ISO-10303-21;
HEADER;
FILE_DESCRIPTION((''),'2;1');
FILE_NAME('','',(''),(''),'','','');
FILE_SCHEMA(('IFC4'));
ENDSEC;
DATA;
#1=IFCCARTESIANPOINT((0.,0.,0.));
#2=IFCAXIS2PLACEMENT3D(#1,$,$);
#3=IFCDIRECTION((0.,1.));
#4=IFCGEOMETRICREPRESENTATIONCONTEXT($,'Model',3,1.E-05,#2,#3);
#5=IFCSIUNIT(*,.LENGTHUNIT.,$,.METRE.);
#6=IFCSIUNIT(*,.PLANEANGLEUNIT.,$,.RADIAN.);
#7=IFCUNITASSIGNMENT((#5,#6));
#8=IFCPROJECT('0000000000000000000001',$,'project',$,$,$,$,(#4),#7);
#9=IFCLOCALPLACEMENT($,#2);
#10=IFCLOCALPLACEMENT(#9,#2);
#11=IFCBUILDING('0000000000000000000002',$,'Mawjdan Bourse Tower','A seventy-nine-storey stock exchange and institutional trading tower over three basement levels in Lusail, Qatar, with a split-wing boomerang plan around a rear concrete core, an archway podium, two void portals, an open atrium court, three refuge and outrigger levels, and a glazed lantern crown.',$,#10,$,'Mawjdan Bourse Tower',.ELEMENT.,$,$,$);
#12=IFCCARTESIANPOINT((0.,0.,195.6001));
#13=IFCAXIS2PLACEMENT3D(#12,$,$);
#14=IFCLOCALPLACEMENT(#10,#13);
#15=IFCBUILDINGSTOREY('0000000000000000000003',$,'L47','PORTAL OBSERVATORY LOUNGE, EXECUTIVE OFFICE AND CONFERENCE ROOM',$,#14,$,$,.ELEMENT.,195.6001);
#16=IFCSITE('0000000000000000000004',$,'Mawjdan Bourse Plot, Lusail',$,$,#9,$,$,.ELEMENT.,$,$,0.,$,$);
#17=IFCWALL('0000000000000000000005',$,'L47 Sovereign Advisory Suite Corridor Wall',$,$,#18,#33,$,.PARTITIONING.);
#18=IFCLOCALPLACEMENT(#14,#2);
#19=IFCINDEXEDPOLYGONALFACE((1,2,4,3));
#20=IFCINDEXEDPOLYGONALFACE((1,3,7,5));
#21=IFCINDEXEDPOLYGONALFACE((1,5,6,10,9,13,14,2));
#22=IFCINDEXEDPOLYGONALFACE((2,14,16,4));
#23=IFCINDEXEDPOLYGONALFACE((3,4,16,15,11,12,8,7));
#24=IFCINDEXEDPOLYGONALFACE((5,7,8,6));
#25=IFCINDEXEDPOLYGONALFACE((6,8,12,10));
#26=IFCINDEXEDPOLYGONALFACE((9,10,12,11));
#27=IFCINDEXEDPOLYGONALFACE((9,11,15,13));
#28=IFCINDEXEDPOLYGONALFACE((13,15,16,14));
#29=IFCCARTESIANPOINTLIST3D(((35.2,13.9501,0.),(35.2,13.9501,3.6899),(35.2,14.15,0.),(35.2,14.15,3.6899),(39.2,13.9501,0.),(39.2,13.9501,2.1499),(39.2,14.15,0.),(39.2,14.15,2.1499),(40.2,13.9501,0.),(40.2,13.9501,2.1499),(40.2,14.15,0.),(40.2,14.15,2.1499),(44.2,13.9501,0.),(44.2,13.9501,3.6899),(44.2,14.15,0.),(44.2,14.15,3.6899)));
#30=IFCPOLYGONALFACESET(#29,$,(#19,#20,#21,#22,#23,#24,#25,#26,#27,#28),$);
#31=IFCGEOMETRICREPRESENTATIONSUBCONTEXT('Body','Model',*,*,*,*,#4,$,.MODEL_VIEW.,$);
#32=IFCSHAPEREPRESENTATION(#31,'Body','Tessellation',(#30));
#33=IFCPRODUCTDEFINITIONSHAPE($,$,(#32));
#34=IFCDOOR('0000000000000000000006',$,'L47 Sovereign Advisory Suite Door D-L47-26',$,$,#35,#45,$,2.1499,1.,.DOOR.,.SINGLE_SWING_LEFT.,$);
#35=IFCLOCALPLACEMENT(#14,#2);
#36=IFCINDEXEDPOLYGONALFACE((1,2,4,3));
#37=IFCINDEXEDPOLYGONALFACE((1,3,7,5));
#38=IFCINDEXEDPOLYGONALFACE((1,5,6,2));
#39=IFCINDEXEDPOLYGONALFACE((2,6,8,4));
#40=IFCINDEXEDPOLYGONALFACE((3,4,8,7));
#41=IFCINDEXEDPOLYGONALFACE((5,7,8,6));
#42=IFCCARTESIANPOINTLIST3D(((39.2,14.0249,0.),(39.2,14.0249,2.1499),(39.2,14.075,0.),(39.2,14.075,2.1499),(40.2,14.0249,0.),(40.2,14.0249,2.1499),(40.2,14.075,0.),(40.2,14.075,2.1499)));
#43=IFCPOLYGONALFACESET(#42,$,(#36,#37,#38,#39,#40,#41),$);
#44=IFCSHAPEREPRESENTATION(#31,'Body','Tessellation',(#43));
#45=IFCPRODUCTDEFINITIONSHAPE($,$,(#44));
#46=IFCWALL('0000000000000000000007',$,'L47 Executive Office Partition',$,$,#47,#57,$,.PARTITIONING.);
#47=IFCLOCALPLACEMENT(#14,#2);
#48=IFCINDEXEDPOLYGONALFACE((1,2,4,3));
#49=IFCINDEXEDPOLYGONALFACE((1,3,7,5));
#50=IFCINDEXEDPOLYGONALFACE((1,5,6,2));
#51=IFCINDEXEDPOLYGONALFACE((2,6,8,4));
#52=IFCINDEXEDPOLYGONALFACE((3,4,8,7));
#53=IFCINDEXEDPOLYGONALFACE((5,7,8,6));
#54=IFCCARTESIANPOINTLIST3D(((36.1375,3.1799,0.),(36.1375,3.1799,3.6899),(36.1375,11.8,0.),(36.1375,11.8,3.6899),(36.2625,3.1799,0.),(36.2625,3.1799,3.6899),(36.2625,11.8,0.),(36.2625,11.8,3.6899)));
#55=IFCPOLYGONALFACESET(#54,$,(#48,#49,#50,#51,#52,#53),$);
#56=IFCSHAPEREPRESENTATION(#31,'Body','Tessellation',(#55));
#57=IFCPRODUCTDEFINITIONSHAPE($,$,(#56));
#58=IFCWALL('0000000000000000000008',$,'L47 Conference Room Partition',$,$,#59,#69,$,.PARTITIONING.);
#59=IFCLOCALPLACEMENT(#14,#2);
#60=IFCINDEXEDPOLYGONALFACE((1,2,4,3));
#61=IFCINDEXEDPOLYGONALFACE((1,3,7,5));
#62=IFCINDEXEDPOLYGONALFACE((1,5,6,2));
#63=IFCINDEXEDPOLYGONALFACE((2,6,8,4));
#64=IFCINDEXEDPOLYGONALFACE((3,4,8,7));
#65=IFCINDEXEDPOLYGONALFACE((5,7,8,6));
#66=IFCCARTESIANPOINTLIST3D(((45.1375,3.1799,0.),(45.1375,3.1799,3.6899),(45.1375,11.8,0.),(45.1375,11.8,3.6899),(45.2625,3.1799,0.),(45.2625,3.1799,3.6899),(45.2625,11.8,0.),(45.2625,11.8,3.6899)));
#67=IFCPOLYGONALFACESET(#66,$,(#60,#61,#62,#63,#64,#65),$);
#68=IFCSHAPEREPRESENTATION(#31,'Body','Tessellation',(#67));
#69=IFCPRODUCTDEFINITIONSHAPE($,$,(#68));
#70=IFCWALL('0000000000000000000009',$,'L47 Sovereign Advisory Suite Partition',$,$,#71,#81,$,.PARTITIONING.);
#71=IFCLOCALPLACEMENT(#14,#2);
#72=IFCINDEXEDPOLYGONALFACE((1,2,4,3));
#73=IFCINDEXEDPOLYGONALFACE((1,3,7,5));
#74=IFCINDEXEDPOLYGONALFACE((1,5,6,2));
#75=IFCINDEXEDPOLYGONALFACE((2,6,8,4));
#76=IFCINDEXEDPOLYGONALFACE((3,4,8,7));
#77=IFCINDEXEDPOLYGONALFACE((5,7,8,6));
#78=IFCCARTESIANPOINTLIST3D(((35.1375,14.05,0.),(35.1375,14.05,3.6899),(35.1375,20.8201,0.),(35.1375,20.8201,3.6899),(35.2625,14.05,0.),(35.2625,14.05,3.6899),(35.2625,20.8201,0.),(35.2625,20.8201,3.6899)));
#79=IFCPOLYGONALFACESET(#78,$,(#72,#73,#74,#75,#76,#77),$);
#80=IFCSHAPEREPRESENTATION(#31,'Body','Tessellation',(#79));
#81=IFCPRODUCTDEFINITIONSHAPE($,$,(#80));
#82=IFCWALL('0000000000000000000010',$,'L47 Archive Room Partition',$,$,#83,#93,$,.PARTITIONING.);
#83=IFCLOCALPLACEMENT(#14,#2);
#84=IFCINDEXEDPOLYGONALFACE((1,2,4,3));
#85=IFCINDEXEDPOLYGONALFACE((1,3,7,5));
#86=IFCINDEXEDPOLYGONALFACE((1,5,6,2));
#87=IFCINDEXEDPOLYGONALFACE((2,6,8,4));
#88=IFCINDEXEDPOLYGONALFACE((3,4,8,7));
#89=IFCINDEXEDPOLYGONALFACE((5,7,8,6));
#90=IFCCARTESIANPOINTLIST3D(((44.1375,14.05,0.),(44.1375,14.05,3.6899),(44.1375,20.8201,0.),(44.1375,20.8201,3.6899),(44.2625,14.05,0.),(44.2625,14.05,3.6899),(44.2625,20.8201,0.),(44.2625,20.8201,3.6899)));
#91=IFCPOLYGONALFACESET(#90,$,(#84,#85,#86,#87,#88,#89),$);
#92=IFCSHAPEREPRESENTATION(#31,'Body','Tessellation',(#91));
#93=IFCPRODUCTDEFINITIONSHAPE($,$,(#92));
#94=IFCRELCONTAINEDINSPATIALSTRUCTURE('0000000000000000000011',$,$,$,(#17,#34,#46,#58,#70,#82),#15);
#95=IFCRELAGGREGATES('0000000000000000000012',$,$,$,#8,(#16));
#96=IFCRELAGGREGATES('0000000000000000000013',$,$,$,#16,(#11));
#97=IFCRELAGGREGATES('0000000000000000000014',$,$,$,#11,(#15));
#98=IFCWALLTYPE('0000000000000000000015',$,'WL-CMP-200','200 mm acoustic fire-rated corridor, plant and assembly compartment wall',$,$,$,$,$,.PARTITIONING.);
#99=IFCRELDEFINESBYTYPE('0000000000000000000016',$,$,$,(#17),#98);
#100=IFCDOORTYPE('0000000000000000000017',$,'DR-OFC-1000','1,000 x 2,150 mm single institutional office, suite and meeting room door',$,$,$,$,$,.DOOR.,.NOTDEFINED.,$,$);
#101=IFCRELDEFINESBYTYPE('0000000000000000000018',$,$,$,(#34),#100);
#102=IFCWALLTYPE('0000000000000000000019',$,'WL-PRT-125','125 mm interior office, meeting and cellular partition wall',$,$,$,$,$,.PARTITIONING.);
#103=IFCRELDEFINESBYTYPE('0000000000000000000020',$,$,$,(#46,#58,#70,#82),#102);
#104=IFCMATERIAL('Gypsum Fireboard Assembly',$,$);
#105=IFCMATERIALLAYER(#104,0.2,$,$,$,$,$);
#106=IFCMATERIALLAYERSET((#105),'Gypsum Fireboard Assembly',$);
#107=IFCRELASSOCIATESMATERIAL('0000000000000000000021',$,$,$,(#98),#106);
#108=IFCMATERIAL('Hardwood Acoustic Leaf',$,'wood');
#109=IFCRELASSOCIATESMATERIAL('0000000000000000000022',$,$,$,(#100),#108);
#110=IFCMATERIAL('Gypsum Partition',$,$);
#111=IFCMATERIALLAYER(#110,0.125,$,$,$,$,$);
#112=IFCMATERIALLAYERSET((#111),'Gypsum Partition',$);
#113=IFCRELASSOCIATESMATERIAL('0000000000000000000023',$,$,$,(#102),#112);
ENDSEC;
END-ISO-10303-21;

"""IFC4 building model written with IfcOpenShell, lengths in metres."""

from ifc_helpers import new_model, si_unit, direction, frame, frame_2d, origin, place, context, subcontext, project, spatial, rectangle, extrude, material, layer, layer_set, type_object, element, fill, save


model = new_model("IFC4")

# Units and contexts
model_context = context("Model", 3, precision=1e-05, world=origin(), true_north=direction((0.0, 1.0)))
body_context = subcontext(model_context, "Body", "Model", "MODEL_VIEW")
ifc_project = project(units=[si_unit("LENGTHUNIT", "METRE"), si_unit("PLANEANGLEUNIT", "RADIAN")], contexts=[model_context])

# Site, building, storey
site_placement = place(None, origin())
site = spatial("IfcSite", under=ifc_project, at=site_placement, Name="Mawjdan Bourse Plot, Lusail", CompositionType="ELEMENT", RefElevation=0.0)
building_placement = place(site_placement, origin())
building = spatial("IfcBuilding", under=site, at=building_placement, Name="Mawjdan Bourse Tower", Description="A seventy-nine-storey stock exchange and institutional trading tower over three basement levels in Lusail, Qatar, with a split-wing boomerang plan around a rear concrete core, an archway podium, two void portals, an open atrium court, three refuge and outrigger levels, and a glazed lantern crown.", LongName="Mawjdan Bourse Tower", CompositionType="ELEMENT")
storey_placement = place(building_placement, frame((0.0, 0.0, 195.6001)))
storey = spatial("IfcBuildingStorey", under=building, at=storey_placement, Name="L47", Description="PORTAL OBSERVATORY LOUNGE, EXECUTIVE OFFICE AND CONFERENCE ROOM", CompositionType="ELEMENT", Elevation=195.6001)

# Wall, opening, door
ifc_material_1 = material(Name="Gypsum Fireboard Assembly")
ifc_layer_1 = layer(ifc_material_1, 0.2)
ifc_layer_set_1 = layer_set([ifc_layer_1], Name="Gypsum Fireboard Assembly")
wall_type_1 = type_object("IfcWallType", Name="WL-CMP-200", Description="200 mm acoustic fire-rated corridor, plant and assembly compartment wall", PredefinedType="PARTITIONING", material=ifc_layer_set_1)
ifc_material_2 = material(Name="Hardwood Acoustic Leaf", Category="wood")
door_type_1 = type_object("IfcDoorType", Name="DR-OFC-1000", Description="1,000 x 2,150 mm single institutional office, suite and meeting room door", OperationType="NOTDEFINED", PredefinedType="DOOR", material=ifc_material_2)
wall_1_placement = place(storey_placement, frame((35.2, 14.05, 0.0), z_axis=(0.0, 0.0, 1.0), x_axis=(1.0, 0.0, 0.0)))
wall_1 = element("IfcWall", 1, at=wall_1_placement, inside=storey, type_object=wall_type_1, Name="L47 Sovereign Advisory Suite Corridor Wall", PredefinedType="PARTITIONING", context=body_context, shape_type="SweptSolid", body=[
    extrude(rectangle(XDim=9.0, YDim=0.2, at=frame_2d((4.5, 0.0))), origin(), (0.0, 0.0, 1.0), 3.6899),
])
opening_1_placement = place(wall_1_placement, frame((4.0, 0.0, 0.0)))
opening_1 = element("IfcOpeningElement", 2, at=opening_1_placement, cuts=wall_1, PredefinedType="OPENING", context=body_context, shape_type="SweptSolid", body=[
    extrude(rectangle(XDim=1.0, YDim=2.1499, at=frame_2d((0.5, 1.075))), frame((0.0, 0.1099, 0.0), z_axis=(0.0, -1.0, 0.0), x_axis=(1.0, 0.0, 0.0)), (0.0, 0.0, 1.0), 0.22),
])
door_1_placement = place(opening_1_placement, origin())
door_1 = element("IfcDoor", 3, at=door_1_placement, inside=storey, type_object=door_type_1, Name="L47 Sovereign Advisory Suite Door D-L47-26", OperationType="SINGLE_SWING_LEFT", OverallHeight=2.1499, OverallWidth=1.0, PredefinedType="DOOR", context=body_context, shape_type="SweptSolid", body=[
    extrude(rectangle(XDim=1.0, YDim=2.1499, at=frame_2d((0.5, 1.075))), frame((0.0, 0.0249, 0.0), z_axis=(0.0, -1.0, 0.0), x_axis=(1.0, 0.0, 0.0)), (0.0, 0.0, 1.0), 0.05),
])
fill(opening_1, door_1)

# Walls
ifc_material_3 = material(Name="Gypsum Partition")
ifc_layer_2 = layer(ifc_material_3, 0.125)
ifc_layer_set_2 = layer_set([ifc_layer_2], Name="Gypsum Partition")
wall_type_2 = type_object("IfcWallType", Name="WL-PRT-125", Description="125 mm interior office, meeting and cellular partition wall", PredefinedType="PARTITIONING", material=ifc_layer_set_2)
for number, where, z_axis, x_axis, name in (
    (4, (36.2, 3.1799, 0.0), (0.0, 0.0, 1.0), (0.0, 1.0, 0.0), "L47 Executive Office Partition"),
    (5, (45.2, 3.1799, 0.0), (0.0, 0.0, 1.0), (0.0, 1.0, 0.0), "L47 Conference Room Partition"),
):
    element("IfcWall", number, at=place(storey_placement, frame(where, z_axis=z_axis, x_axis=x_axis)), inside=storey, type_object=wall_type_2, Name=name, PredefinedType="PARTITIONING", context=body_context, shape_type="SweptSolid", body=[
        extrude(rectangle(XDim=8.6201, YDim=0.125, at=frame_2d((4.3101, 0.0))), origin(), (0.0, 0.0, 1.0), 3.6899),
    ])
for number, where, z_axis, x_axis, name in (
    (6, (35.2, 14.05, 0.0), (0.0, 0.0, 1.0), (0.0, 1.0, 0.0), "L47 Sovereign Advisory Suite Partition"),
    (7, (44.2, 14.05, 0.0), (0.0, 0.0, 1.0), (0.0, 1.0, 0.0), "L47 Archive Room Partition"),
):
    element("IfcWall", number, at=place(storey_placement, frame(where, z_axis=z_axis, x_axis=x_axis)), inside=storey, type_object=wall_type_2, Name=name, PredefinedType="PARTITIONING", context=body_context, shape_type="SweptSolid", body=[
        extrude(rectangle(XDim=6.77, YDim=0.125, at=frame_2d((3.385, 0.0))), origin(), (0.0, 0.0, 1.0), 3.6899),
    ])

save(model, "model.ifc")
